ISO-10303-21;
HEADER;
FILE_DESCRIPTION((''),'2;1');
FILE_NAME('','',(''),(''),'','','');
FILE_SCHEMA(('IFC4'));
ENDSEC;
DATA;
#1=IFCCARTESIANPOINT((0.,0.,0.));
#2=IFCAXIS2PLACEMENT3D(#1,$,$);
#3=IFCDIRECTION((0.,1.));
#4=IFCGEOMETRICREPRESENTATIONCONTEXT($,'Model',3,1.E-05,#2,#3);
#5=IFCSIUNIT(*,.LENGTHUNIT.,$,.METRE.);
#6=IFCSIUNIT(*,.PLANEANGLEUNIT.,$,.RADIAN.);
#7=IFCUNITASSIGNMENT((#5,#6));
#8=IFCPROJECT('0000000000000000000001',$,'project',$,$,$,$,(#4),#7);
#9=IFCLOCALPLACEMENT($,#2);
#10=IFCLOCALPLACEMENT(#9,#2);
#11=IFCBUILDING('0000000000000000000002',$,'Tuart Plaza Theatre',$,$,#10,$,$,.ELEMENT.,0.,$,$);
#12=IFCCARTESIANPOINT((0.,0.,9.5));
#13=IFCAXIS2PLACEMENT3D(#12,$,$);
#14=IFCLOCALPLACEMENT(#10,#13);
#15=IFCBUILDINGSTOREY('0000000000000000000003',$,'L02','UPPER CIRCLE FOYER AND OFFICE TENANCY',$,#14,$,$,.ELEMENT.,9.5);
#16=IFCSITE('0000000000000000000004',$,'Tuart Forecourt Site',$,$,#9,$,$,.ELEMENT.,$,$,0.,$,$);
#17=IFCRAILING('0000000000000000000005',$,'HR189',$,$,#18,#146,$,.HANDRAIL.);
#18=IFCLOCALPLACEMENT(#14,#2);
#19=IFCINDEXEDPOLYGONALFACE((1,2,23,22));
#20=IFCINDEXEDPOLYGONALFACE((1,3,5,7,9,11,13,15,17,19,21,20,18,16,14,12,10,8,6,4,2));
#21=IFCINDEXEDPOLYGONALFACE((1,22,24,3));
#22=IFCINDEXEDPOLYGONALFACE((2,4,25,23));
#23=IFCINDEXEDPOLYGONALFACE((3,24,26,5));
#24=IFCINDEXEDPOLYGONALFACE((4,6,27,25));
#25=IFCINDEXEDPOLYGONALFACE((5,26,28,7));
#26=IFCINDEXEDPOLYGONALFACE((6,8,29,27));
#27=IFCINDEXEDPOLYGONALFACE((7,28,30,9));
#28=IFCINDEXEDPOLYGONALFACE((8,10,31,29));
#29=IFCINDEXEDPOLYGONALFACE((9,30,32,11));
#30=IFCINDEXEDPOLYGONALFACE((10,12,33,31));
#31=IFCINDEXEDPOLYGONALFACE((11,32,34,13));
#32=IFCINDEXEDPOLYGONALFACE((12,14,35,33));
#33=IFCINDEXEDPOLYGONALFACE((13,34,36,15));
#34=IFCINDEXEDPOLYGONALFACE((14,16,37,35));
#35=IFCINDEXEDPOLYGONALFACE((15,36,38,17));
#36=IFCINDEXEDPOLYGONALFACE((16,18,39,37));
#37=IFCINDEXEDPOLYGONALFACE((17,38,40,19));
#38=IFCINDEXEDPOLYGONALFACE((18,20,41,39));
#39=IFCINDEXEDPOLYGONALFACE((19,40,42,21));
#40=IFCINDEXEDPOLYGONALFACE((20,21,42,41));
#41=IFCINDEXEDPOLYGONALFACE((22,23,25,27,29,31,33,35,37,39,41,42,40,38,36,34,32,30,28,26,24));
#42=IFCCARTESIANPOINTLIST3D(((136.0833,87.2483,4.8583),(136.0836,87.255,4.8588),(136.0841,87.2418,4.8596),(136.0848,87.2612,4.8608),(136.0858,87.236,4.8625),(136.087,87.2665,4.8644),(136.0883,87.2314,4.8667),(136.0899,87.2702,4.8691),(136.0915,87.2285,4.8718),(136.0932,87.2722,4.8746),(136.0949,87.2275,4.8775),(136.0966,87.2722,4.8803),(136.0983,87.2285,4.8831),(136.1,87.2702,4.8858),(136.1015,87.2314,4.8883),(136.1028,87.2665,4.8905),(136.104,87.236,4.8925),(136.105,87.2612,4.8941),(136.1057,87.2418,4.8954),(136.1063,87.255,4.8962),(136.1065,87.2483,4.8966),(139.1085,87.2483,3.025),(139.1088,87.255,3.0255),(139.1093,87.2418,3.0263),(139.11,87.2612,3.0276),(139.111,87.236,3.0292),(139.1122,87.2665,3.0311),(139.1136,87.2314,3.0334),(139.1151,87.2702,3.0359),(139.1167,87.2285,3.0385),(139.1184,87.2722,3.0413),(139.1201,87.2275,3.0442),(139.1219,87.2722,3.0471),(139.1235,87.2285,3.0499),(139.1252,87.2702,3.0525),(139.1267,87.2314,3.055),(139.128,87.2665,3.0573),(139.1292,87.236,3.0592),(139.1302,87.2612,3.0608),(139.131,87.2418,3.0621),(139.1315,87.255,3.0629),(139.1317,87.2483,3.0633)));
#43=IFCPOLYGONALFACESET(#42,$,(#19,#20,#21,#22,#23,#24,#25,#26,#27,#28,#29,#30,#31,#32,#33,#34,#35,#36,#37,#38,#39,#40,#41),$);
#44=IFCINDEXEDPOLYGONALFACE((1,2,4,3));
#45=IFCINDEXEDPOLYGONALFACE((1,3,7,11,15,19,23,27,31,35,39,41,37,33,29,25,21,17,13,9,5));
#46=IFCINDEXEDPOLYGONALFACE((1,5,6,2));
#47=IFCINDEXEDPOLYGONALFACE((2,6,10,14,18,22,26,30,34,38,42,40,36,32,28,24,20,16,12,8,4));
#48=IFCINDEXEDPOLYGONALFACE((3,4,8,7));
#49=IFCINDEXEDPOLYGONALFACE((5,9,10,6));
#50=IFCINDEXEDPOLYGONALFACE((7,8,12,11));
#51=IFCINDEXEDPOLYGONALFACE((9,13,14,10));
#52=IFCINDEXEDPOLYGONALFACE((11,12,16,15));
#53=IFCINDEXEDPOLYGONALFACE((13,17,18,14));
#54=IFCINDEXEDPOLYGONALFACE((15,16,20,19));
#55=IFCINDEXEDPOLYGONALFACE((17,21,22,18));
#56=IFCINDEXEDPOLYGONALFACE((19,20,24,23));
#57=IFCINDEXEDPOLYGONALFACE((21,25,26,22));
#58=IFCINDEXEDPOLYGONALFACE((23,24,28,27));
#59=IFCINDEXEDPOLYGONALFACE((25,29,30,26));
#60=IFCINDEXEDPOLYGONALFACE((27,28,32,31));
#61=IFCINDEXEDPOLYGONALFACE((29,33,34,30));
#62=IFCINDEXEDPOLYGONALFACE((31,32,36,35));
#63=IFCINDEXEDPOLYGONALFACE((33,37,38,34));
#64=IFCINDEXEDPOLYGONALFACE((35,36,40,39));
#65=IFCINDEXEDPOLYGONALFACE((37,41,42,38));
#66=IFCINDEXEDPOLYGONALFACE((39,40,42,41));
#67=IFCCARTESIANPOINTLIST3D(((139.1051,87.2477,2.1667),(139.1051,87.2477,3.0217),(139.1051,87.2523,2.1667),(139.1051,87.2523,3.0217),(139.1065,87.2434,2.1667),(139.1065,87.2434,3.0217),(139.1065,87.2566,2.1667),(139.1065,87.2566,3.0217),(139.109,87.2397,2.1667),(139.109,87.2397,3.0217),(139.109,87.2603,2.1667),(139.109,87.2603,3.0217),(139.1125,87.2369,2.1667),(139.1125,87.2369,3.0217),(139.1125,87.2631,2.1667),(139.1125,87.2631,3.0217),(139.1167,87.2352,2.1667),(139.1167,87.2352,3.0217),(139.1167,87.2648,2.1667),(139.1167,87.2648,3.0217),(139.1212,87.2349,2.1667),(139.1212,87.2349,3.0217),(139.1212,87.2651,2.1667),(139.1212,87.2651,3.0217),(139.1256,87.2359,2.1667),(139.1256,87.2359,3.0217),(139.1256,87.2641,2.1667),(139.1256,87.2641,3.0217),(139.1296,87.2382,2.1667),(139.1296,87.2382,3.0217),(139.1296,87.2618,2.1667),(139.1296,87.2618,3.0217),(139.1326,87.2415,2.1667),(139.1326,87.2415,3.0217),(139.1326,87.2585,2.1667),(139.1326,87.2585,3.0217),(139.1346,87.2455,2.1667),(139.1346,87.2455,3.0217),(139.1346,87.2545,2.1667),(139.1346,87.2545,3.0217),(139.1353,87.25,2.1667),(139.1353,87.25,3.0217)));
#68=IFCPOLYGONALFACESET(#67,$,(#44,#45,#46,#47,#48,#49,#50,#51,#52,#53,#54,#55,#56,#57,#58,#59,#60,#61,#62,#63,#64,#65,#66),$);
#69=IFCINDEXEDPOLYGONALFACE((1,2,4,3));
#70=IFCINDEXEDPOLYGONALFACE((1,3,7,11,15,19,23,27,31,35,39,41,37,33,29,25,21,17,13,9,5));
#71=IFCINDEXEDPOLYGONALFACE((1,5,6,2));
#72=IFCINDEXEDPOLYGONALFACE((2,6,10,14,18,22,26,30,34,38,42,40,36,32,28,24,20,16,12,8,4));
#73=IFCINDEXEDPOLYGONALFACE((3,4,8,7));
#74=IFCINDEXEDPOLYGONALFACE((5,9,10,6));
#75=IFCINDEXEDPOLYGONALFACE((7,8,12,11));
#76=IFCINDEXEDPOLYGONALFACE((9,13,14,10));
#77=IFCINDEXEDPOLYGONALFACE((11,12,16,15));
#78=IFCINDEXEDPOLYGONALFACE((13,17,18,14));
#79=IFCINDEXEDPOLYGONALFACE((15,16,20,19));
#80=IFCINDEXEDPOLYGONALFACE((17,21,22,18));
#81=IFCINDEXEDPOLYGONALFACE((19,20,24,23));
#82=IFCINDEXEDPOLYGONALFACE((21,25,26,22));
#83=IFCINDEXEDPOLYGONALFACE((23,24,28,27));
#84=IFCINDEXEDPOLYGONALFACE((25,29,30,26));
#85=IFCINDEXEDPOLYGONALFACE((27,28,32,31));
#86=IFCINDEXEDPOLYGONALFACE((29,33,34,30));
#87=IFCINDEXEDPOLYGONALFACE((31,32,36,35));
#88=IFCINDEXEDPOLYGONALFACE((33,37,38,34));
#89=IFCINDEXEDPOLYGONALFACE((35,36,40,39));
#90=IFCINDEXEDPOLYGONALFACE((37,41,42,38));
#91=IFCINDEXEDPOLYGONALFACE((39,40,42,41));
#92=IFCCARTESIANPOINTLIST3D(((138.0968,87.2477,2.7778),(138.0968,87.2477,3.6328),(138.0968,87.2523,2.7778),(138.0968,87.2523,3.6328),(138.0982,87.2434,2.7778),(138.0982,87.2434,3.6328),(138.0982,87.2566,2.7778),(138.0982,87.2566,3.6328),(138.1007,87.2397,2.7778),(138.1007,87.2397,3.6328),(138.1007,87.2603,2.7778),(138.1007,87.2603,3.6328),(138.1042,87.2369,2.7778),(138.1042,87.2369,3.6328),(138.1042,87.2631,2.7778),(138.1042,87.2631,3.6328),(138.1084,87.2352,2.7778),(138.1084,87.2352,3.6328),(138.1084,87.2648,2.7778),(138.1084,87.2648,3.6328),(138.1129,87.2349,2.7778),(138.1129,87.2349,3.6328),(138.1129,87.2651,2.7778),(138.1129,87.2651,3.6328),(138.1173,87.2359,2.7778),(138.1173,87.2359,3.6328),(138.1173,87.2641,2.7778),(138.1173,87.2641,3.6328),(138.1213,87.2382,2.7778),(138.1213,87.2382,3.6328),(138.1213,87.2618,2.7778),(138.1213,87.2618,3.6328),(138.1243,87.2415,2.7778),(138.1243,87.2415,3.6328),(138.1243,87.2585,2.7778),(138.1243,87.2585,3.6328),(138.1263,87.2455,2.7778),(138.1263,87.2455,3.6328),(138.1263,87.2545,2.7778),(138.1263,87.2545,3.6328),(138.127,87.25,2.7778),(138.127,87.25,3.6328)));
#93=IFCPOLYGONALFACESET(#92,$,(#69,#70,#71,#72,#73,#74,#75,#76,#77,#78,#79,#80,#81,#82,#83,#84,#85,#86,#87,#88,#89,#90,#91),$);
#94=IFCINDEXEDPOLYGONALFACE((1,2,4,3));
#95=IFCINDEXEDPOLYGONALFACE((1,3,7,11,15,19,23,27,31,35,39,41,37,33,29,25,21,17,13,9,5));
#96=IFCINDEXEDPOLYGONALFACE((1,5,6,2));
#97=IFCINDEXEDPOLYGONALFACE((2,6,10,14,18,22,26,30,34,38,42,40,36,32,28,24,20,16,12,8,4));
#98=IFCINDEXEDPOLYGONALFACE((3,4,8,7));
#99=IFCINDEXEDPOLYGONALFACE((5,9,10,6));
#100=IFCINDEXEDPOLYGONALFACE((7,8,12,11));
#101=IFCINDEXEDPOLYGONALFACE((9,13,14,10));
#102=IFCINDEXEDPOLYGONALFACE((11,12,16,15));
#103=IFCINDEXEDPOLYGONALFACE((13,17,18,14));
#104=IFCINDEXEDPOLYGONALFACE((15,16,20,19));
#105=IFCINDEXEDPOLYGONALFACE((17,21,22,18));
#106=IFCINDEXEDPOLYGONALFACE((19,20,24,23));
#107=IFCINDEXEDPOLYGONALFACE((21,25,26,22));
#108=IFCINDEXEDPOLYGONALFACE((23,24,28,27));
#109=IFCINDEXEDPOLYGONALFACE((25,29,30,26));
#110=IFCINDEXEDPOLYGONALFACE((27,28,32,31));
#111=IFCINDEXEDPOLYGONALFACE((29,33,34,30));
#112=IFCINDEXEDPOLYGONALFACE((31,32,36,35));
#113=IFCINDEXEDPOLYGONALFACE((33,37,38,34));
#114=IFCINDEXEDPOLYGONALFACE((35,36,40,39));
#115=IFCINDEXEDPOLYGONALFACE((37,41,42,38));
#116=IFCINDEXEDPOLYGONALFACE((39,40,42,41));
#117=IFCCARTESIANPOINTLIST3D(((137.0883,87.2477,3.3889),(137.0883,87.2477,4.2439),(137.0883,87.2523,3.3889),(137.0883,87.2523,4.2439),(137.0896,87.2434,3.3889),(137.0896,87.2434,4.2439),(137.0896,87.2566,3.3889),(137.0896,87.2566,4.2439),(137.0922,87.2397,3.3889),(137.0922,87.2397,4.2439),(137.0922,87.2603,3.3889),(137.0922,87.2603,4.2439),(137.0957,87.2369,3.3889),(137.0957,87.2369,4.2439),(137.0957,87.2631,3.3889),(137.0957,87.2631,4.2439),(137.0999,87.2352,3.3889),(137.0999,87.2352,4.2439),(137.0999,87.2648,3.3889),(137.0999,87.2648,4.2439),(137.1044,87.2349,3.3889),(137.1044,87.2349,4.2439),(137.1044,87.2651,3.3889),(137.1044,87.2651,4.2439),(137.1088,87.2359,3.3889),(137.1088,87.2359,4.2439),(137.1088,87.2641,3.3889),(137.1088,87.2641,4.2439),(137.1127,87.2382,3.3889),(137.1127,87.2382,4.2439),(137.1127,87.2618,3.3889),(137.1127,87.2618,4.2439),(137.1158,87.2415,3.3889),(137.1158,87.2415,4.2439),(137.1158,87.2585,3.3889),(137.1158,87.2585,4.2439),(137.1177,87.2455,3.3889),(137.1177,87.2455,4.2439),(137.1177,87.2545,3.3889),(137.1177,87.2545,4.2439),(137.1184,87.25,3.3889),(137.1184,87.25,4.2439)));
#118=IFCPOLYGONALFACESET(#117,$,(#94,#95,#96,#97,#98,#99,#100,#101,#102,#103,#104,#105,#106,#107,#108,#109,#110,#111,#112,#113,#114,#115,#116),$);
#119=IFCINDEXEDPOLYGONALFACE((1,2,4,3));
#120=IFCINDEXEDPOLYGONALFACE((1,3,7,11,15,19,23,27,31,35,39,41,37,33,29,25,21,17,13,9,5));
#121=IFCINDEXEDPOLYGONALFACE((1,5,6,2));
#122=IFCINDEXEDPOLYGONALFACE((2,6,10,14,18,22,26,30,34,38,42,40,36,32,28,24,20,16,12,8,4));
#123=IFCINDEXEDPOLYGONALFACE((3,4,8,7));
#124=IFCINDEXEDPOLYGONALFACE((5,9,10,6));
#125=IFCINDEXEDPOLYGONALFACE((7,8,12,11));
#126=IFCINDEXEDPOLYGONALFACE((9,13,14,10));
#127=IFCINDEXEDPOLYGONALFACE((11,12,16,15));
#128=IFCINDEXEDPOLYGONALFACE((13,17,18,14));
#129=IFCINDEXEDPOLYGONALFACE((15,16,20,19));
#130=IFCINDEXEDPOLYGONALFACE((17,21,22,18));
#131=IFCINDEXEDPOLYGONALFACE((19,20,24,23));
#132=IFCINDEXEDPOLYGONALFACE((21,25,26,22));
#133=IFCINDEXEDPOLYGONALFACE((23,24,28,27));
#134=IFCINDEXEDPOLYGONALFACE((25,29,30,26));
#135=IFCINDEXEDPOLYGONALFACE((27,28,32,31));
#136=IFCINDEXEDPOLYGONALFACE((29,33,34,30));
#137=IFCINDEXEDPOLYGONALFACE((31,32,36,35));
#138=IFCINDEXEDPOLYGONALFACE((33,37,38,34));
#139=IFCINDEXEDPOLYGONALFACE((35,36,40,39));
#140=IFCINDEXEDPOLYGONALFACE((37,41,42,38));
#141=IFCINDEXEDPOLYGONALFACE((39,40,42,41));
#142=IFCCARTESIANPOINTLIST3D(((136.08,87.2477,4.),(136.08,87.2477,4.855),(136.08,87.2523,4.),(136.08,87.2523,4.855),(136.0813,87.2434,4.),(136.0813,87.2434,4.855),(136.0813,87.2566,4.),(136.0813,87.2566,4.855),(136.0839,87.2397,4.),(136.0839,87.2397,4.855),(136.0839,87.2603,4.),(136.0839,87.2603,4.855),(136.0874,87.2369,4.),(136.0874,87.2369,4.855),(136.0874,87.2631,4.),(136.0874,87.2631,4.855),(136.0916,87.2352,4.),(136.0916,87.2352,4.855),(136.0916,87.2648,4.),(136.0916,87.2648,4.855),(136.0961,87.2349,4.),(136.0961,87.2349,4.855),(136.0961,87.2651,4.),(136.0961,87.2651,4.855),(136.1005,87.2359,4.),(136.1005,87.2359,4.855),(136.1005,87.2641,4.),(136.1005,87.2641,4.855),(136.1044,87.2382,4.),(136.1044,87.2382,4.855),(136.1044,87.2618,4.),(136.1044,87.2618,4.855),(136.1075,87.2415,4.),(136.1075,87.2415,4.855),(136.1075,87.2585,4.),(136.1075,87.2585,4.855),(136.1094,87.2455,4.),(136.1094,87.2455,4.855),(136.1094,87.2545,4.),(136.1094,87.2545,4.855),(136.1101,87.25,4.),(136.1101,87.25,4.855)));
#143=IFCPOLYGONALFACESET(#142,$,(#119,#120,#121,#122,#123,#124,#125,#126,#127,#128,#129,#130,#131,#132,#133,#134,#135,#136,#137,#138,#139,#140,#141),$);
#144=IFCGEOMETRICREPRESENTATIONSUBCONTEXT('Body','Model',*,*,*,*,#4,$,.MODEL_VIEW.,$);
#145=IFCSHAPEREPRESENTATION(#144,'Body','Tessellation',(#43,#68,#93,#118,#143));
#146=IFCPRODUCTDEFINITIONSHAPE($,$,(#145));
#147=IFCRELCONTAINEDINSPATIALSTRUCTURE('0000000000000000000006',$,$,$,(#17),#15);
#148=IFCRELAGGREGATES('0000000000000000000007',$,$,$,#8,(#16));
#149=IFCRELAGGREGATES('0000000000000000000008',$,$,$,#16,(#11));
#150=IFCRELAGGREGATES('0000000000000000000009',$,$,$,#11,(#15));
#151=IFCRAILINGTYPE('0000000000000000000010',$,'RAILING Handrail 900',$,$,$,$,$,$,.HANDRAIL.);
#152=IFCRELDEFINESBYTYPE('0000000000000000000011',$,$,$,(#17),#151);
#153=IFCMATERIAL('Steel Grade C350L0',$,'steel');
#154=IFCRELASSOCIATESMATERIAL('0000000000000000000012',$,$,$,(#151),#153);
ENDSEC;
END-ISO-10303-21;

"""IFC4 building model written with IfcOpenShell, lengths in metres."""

from ifc_helpers import new_model, si_unit, direction, frame, origin, origin_2d, place, context, subcontext, project, spatial, circle, extrude, material, type_object, element, save


model = new_model("IFC4")

# Units and contexts
model_context = context("Model", 3, precision=1e-05, world=origin(), true_north=direction((0.0, 1.0)))
body_context = subcontext(model_context, "Body", "Model", "MODEL_VIEW")
ifc_project = project(units=[si_unit("LENGTHUNIT", "METRE"), si_unit("PLANEANGLEUNIT", "RADIAN")], contexts=[model_context])

# Site, building, storey
site_placement = place(None, origin())
site = spatial("IfcSite", under=ifc_project, at=site_placement, Name="Tuart Forecourt Site", CompositionType="ELEMENT", RefElevation=0.0)
building_placement = place(site_placement, origin())
building = spatial("IfcBuilding", under=site, at=building_placement, Name="Tuart Plaza Theatre", CompositionType="ELEMENT", ElevationOfRefHeight=0.0)
storey_placement = place(building_placement, frame((0.0, 0.0, 9.5)))
storey = spatial("IfcBuildingStorey", under=building, at=storey_placement, Name="L02", Description="UPPER CIRCLE FOYER AND OFFICE TENANCY", CompositionType="ELEMENT", Elevation=9.5)

# Railing
ifc_material_1 = material(Name="Steel Grade C350L0", Category="steel")
railing_type_1 = type_object("IfcRailingType", Name="RAILING Handrail 900", PredefinedType="HANDRAIL", material=ifc_material_1)
for number, where, name in (
    (1, (139.1201, 87.25, 2.1667), "HR189"),
):
    element("IfcRailing", number, at=place(storey_placement, frame(where)), inside=storey, type_object=railing_type_1, Name=name, PredefinedType="HANDRAIL", context=body_context, shape_type="SweptSolid", body=[
        extrude(circle(Radius=0.0225, at=origin_2d()), frame((0.0, 0.0, 0.8774), z_axis=(-0.855219, 0.0, 0.518267), x_axis=(0.0, -1.0, 0.0)), (0.0, 0.0, 1.0), 3.5374),
        extrude(circle(Radius=0.0151, at=origin_2d()), origin(), (0.0, 0.0, 1.0), 0.855),
        extrude(circle(Radius=0.0151, at=origin_2d()), frame((-1.0083, 0.0, 0.6111)), (0.0, 0.0, 1.0), 0.855),
        extrude(circle(Radius=0.0151, at=origin_2d()), frame((-2.0168, 0.0, 1.2222)), (0.0, 0.0, 1.0), 0.855),
        extrude(circle(Radius=0.0151, at=origin_2d()), frame((-3.0251, 0.0, 1.8333)), (0.0, 0.0, 1.0), 0.855),
    ])

save(model, "model.ifc")
